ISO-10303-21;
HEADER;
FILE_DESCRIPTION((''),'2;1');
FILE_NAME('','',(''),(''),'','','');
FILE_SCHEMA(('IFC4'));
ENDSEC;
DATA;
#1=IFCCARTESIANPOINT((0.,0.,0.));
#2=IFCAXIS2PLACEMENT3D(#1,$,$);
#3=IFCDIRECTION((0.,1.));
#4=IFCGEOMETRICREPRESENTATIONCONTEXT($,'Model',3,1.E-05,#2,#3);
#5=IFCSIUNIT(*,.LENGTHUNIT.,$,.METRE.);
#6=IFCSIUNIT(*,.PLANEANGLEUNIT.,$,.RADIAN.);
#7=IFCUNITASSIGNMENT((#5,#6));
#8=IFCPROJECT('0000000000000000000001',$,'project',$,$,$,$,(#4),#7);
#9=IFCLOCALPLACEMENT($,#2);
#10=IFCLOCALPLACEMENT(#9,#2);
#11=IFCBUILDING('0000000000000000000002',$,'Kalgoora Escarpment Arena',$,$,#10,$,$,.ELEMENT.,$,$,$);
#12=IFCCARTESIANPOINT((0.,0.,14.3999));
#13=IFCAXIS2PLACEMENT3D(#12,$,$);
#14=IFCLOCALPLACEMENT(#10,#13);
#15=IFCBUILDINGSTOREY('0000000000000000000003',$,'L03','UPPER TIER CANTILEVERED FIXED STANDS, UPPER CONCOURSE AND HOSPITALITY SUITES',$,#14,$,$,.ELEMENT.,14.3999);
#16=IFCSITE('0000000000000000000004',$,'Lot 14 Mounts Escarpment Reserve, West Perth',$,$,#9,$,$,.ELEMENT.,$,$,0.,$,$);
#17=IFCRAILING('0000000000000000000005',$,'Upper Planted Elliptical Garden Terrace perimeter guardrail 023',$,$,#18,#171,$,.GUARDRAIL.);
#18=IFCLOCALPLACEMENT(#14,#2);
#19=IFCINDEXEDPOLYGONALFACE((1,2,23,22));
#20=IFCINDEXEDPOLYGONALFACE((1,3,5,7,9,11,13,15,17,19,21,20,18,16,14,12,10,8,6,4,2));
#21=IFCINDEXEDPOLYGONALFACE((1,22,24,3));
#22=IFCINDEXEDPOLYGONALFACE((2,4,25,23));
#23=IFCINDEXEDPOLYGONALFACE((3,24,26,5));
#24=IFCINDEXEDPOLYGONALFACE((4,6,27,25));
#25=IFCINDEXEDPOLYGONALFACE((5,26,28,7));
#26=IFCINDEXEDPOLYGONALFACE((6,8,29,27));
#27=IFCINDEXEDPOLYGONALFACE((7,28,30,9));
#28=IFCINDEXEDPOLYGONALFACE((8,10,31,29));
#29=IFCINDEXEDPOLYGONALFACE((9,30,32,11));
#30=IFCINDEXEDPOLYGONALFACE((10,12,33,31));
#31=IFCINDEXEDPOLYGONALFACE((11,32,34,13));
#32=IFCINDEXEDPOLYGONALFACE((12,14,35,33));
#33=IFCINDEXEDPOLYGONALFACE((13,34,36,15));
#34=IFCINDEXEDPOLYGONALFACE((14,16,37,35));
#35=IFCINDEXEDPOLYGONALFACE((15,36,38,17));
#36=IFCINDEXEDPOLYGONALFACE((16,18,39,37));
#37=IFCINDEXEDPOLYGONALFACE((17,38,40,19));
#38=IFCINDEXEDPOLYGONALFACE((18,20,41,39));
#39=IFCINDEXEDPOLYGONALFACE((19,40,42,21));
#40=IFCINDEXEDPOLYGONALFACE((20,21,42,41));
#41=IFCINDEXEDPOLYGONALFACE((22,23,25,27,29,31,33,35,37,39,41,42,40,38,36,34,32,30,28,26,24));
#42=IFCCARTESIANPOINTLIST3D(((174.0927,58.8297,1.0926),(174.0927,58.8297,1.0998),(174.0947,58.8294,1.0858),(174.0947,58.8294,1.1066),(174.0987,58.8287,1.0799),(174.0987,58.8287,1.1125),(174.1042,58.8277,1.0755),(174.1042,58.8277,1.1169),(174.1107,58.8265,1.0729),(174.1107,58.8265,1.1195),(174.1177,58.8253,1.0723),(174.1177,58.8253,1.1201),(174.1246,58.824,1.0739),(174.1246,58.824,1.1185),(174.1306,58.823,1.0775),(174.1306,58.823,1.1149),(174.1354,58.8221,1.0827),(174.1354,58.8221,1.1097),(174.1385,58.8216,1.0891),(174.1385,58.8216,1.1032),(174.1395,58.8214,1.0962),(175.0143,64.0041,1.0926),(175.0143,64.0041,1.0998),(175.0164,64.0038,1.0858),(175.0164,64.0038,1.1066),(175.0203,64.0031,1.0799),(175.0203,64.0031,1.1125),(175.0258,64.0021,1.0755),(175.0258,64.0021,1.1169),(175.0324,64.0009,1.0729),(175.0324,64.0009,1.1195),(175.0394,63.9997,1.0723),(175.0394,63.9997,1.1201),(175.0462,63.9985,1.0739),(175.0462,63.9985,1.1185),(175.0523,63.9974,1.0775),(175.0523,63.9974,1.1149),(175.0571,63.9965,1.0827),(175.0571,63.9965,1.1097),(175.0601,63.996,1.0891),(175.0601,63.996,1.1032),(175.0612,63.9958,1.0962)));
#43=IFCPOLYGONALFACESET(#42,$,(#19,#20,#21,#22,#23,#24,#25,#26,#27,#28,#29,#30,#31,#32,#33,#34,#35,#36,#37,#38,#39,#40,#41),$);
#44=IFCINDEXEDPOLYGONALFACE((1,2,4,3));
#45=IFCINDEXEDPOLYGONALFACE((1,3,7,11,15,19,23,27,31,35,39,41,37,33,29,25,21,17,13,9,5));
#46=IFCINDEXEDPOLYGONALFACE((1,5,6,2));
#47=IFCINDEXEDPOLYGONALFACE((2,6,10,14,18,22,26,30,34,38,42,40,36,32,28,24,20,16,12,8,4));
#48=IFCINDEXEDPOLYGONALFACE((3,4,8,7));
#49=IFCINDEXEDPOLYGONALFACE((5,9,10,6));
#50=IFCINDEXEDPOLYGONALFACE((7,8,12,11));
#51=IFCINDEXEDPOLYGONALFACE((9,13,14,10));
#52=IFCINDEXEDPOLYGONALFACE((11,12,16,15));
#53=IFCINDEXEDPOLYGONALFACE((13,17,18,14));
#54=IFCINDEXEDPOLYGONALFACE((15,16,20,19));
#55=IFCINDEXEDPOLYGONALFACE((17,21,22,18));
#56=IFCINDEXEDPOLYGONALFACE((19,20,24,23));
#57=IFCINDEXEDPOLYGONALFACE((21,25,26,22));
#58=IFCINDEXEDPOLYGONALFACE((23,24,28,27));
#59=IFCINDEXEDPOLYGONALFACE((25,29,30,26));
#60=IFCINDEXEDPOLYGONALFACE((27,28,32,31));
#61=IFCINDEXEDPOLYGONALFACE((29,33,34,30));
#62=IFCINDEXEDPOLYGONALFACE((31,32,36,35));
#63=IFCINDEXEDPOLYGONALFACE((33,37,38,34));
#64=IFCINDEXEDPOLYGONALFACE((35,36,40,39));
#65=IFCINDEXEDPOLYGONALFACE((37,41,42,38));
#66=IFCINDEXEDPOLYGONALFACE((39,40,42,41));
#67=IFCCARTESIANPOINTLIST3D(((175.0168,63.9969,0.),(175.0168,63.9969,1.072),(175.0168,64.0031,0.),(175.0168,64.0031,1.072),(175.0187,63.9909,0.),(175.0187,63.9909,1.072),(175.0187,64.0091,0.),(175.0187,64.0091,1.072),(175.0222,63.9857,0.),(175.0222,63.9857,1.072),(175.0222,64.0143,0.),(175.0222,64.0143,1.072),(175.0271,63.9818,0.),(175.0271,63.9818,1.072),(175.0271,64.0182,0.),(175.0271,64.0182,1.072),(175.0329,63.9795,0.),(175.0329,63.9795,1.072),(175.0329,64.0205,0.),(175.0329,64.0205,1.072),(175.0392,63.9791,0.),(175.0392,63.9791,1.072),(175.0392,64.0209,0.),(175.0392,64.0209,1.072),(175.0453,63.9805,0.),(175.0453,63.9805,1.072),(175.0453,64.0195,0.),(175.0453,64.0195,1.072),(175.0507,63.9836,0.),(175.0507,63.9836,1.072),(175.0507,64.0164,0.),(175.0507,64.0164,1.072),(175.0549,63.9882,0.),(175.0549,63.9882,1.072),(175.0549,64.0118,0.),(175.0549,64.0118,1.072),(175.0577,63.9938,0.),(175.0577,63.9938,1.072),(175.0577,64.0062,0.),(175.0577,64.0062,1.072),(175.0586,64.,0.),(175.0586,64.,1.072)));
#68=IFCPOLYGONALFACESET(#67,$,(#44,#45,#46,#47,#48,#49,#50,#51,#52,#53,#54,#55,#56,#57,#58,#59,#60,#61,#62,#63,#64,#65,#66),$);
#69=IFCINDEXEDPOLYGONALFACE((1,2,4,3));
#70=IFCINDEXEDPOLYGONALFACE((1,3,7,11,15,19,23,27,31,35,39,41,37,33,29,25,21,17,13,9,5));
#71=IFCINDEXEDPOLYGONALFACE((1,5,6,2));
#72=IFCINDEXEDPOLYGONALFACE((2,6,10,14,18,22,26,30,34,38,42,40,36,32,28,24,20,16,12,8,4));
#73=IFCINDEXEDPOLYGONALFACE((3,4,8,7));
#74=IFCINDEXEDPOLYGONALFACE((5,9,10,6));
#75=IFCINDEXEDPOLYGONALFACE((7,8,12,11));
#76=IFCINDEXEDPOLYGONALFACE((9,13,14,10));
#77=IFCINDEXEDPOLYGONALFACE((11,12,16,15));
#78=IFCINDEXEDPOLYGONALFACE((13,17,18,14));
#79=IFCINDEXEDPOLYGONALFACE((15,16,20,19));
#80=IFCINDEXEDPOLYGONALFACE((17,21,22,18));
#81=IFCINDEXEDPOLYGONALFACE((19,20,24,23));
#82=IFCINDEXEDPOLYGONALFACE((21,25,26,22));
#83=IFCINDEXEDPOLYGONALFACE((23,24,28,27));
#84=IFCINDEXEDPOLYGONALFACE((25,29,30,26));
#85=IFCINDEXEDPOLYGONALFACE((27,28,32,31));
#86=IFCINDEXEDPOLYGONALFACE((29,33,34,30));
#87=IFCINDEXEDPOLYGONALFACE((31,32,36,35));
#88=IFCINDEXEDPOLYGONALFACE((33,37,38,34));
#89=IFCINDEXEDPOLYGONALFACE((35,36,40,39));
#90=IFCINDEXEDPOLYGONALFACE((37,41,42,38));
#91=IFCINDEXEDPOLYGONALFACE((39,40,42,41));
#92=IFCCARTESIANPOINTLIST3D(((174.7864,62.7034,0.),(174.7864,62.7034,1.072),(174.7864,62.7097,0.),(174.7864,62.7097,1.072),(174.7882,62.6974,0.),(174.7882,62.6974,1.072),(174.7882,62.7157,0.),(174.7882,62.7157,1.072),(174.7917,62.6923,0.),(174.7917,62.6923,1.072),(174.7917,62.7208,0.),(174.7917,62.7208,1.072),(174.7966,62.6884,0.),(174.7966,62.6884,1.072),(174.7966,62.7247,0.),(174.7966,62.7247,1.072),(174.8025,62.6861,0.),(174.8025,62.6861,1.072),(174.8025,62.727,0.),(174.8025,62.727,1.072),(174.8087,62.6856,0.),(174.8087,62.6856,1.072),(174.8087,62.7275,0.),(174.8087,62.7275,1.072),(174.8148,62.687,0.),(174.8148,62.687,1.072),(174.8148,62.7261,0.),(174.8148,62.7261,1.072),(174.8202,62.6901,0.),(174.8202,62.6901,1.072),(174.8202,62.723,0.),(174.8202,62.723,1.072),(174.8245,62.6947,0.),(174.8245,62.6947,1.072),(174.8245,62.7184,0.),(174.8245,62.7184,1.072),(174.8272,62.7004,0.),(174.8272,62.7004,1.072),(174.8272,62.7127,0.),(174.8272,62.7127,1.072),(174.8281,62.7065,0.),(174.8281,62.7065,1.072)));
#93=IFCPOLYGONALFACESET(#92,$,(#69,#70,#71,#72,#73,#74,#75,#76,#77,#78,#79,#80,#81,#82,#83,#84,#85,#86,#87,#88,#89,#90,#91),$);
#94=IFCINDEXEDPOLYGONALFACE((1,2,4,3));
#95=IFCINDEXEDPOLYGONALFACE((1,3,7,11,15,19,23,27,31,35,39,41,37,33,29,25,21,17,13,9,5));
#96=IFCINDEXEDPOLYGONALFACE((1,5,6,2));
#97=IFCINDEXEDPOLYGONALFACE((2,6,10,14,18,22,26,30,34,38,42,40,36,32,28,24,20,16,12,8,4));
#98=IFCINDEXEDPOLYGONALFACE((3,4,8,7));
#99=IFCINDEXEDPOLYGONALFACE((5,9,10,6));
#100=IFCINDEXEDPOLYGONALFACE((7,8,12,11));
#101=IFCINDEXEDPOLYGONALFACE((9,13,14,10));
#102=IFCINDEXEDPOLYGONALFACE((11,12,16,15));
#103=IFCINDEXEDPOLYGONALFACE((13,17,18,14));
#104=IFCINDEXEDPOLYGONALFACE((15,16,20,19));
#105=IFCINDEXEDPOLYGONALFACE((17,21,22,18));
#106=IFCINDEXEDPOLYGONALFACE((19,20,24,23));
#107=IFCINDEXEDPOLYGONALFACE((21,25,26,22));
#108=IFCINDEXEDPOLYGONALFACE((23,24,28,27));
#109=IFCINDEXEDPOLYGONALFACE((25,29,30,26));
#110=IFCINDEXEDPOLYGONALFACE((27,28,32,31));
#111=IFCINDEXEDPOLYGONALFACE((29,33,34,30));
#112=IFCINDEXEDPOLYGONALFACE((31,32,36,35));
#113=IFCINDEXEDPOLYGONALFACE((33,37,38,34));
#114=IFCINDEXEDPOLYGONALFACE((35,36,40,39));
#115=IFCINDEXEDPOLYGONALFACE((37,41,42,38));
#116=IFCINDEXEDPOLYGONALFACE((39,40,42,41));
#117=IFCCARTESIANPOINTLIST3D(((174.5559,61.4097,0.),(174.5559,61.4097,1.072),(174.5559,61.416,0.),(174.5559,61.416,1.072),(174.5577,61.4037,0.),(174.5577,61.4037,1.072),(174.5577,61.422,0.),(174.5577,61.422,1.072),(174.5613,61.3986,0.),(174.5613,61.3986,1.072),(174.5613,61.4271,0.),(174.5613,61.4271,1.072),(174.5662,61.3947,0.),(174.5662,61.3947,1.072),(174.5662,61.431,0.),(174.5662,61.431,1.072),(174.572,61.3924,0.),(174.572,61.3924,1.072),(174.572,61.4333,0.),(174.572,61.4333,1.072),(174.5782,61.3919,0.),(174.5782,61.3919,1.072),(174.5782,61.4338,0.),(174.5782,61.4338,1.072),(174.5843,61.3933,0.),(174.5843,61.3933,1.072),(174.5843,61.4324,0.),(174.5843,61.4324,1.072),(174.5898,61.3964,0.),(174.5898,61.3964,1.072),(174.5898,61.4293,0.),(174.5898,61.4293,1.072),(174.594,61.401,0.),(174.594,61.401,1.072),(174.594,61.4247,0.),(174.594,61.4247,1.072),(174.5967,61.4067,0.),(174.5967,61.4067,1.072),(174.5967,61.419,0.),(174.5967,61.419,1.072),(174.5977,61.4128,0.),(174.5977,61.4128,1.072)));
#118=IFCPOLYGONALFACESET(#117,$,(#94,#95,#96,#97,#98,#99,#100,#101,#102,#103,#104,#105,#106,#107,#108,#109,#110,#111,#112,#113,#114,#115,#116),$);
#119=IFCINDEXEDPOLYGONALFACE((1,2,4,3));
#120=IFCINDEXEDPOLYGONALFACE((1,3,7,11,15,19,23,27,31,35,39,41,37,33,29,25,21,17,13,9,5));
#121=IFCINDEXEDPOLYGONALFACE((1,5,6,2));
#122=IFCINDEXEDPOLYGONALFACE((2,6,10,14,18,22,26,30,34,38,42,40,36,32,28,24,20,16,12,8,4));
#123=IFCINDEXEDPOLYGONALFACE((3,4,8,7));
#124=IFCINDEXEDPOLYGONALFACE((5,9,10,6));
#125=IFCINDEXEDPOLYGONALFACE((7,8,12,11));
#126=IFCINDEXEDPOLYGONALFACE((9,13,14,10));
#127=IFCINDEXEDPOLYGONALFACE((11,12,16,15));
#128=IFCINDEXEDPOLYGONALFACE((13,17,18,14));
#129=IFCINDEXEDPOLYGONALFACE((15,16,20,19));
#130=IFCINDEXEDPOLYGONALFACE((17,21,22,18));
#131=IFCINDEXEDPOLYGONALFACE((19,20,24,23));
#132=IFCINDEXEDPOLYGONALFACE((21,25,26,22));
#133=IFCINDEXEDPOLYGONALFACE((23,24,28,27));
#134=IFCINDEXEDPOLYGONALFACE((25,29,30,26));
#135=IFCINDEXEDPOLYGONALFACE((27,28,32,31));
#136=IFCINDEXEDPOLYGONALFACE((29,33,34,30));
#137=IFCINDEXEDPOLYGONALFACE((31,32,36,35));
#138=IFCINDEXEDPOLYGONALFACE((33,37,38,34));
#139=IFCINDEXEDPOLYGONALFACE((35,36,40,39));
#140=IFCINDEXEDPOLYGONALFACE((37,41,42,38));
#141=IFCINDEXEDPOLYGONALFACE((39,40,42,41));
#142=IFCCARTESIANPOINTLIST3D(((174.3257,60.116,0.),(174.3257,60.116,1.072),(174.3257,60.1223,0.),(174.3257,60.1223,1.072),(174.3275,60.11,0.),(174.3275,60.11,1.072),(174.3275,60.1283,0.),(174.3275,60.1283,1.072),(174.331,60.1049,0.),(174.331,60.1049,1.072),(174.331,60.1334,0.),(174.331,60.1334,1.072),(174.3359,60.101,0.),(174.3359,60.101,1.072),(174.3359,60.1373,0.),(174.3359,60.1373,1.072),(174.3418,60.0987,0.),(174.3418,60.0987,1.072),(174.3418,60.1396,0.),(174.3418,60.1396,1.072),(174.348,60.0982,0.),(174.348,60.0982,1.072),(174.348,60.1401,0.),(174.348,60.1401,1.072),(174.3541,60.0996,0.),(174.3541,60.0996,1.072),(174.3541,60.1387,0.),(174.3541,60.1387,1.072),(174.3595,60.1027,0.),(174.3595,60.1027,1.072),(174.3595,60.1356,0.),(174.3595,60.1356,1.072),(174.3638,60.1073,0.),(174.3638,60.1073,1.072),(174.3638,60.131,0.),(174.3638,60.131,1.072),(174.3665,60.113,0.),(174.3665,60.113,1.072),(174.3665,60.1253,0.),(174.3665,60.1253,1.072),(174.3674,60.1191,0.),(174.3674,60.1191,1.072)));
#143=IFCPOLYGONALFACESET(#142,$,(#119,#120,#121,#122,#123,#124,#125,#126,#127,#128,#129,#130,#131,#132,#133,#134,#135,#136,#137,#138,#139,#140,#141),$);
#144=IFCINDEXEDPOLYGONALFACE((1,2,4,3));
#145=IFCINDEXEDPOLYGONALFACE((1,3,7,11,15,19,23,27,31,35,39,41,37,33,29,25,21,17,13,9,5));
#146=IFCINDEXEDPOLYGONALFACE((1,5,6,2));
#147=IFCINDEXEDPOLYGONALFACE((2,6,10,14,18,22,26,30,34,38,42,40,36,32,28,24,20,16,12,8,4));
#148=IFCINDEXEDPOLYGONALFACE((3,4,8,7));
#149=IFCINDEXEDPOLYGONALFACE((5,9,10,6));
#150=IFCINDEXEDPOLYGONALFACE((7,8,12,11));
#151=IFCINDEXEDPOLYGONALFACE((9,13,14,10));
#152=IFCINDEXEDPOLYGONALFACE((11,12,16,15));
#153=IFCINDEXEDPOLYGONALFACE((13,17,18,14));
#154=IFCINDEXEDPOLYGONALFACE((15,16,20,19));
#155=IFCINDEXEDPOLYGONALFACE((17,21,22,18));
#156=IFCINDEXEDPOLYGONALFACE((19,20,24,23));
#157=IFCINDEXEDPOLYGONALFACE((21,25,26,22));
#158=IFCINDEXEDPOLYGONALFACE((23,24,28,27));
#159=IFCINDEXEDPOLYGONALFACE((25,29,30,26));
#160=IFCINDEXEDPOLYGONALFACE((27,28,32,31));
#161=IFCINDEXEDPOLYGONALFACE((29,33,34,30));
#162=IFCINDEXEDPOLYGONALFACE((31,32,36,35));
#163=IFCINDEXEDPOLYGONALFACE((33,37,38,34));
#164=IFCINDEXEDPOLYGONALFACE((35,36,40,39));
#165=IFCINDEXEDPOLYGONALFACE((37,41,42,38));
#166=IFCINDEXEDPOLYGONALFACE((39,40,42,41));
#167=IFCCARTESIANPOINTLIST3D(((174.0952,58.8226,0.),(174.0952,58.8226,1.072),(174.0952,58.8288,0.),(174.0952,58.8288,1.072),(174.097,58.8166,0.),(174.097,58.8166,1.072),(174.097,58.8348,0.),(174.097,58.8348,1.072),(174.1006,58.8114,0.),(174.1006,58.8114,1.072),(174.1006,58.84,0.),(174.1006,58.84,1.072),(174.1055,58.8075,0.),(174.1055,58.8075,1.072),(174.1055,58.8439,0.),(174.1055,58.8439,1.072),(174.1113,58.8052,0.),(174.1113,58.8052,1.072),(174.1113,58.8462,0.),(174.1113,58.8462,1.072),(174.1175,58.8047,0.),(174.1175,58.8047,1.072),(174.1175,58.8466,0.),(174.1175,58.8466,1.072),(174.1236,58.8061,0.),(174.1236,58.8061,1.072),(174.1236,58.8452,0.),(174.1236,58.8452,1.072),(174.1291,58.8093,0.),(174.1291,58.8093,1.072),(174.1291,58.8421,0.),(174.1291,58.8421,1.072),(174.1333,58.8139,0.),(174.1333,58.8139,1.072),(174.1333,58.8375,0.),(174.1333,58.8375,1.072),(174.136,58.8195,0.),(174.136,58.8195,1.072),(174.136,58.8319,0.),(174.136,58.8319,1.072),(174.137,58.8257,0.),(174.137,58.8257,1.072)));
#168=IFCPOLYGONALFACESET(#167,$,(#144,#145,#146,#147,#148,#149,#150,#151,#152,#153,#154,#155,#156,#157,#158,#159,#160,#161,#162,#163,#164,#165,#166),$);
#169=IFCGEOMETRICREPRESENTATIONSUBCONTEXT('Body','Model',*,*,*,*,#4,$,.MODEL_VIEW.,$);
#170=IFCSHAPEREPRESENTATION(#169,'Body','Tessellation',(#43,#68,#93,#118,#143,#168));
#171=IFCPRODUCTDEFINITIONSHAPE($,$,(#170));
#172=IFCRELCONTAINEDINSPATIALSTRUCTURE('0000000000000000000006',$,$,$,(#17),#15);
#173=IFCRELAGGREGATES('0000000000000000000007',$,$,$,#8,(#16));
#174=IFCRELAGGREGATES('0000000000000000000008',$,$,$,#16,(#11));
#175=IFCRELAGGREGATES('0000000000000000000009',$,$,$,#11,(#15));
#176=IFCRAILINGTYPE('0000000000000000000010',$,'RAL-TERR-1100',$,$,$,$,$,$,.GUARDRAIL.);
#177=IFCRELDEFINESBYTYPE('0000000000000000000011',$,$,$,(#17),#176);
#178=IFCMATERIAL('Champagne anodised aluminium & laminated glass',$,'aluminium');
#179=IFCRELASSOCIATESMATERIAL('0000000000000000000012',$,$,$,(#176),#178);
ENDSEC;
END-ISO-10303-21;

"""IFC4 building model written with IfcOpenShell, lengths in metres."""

from ifc_helpers import new_model, si_unit, direction, frame, origin, origin_2d, place, context, subcontext, project, spatial, circle, extrude, material, type_object, element, save


model = new_model("IFC4")

# Units and contexts
model_context = context("Model", 3, precision=1e-05, world=origin(), true_north=direction((0.0, 1.0)))
body_context = subcontext(model_context, "Body", "Model", "MODEL_VIEW")
ifc_project = project(units=[si_unit("LENGTHUNIT", "METRE"), si_unit("PLANEANGLEUNIT", "RADIAN")], contexts=[model_context])

# Site, building, storey
site_placement = place(None, origin())
site = spatial("IfcSite", under=ifc_project, at=site_placement, Name="Lot 14 Mounts Escarpment Reserve, West Perth", CompositionType="ELEMENT", RefElevation=0.0)
building_placement = place(site_placement, origin())
building = spatial("IfcBuilding", under=site, at=building_placement, Name="Kalgoora Escarpment Arena", CompositionType="ELEMENT")
storey_placement = place(building_placement, frame((0.0, 0.0, 14.3999)))
storey = spatial("IfcBuildingStorey", under=building, at=storey_placement, Name="L03", Description="UPPER TIER CANTILEVERED FIXED STANDS, UPPER CONCOURSE AND HOSPITALITY SUITES", CompositionType="ELEMENT", Elevation=14.3999)

# Railing
ifc_material_1 = material(Name="Champagne anodised aluminium & laminated glass", Category="aluminium")
railing_type_1 = type_object("IfcRailingType", Name="RAL-TERR-1100", PredefinedType="GUARDRAIL", material=ifc_material_1)
railing_1_placement = place(storey_placement, frame((175.0376, 64.0, 0.0)))
element("IfcRailing", 1, at=railing_1_placement, inside=storey, type_object=railing_type_1, Name="Upper Planted Elliptical Garden Terrace perimeter guardrail 023", PredefinedType="GUARDRAIL", context=body_context, shape_type="SweptSolid", body=[
    extrude(circle(Radius=0.0239, at=origin_2d()), frame((0.0, 0.0, 1.0962), z_axis=(-0.175357, -0.984505, 0.0), x_axis=(0.984505, -0.175357, 0.0)), (0.0, 0.0, 1.0), 5.2559),
    extrude(circle(Radius=0.021, at=origin_2d()), origin(), (0.0, 0.0, 1.0), 1.072),
    extrude(circle(Radius=0.021, at=origin_2d()), frame((-0.2305, -1.2935, 0.0)), (0.0, 0.0, 1.0), 1.072),
    extrude(circle(Radius=0.021, at=origin_2d()), frame((-0.4609, -2.5872, 0.0)), (0.0, 0.0, 1.0), 1.072),
    extrude(circle(Radius=0.021, at=origin_2d()), frame((-0.6912, -3.8809, 0.0)), (0.0, 0.0, 1.0), 1.072),
    extrude(circle(Radius=0.021, at=origin_2d()), frame((-0.9216, -5.1743, 0.0)), (0.0, 0.0, 1.0), 1.072),
])

save(model, "model.ifc")
